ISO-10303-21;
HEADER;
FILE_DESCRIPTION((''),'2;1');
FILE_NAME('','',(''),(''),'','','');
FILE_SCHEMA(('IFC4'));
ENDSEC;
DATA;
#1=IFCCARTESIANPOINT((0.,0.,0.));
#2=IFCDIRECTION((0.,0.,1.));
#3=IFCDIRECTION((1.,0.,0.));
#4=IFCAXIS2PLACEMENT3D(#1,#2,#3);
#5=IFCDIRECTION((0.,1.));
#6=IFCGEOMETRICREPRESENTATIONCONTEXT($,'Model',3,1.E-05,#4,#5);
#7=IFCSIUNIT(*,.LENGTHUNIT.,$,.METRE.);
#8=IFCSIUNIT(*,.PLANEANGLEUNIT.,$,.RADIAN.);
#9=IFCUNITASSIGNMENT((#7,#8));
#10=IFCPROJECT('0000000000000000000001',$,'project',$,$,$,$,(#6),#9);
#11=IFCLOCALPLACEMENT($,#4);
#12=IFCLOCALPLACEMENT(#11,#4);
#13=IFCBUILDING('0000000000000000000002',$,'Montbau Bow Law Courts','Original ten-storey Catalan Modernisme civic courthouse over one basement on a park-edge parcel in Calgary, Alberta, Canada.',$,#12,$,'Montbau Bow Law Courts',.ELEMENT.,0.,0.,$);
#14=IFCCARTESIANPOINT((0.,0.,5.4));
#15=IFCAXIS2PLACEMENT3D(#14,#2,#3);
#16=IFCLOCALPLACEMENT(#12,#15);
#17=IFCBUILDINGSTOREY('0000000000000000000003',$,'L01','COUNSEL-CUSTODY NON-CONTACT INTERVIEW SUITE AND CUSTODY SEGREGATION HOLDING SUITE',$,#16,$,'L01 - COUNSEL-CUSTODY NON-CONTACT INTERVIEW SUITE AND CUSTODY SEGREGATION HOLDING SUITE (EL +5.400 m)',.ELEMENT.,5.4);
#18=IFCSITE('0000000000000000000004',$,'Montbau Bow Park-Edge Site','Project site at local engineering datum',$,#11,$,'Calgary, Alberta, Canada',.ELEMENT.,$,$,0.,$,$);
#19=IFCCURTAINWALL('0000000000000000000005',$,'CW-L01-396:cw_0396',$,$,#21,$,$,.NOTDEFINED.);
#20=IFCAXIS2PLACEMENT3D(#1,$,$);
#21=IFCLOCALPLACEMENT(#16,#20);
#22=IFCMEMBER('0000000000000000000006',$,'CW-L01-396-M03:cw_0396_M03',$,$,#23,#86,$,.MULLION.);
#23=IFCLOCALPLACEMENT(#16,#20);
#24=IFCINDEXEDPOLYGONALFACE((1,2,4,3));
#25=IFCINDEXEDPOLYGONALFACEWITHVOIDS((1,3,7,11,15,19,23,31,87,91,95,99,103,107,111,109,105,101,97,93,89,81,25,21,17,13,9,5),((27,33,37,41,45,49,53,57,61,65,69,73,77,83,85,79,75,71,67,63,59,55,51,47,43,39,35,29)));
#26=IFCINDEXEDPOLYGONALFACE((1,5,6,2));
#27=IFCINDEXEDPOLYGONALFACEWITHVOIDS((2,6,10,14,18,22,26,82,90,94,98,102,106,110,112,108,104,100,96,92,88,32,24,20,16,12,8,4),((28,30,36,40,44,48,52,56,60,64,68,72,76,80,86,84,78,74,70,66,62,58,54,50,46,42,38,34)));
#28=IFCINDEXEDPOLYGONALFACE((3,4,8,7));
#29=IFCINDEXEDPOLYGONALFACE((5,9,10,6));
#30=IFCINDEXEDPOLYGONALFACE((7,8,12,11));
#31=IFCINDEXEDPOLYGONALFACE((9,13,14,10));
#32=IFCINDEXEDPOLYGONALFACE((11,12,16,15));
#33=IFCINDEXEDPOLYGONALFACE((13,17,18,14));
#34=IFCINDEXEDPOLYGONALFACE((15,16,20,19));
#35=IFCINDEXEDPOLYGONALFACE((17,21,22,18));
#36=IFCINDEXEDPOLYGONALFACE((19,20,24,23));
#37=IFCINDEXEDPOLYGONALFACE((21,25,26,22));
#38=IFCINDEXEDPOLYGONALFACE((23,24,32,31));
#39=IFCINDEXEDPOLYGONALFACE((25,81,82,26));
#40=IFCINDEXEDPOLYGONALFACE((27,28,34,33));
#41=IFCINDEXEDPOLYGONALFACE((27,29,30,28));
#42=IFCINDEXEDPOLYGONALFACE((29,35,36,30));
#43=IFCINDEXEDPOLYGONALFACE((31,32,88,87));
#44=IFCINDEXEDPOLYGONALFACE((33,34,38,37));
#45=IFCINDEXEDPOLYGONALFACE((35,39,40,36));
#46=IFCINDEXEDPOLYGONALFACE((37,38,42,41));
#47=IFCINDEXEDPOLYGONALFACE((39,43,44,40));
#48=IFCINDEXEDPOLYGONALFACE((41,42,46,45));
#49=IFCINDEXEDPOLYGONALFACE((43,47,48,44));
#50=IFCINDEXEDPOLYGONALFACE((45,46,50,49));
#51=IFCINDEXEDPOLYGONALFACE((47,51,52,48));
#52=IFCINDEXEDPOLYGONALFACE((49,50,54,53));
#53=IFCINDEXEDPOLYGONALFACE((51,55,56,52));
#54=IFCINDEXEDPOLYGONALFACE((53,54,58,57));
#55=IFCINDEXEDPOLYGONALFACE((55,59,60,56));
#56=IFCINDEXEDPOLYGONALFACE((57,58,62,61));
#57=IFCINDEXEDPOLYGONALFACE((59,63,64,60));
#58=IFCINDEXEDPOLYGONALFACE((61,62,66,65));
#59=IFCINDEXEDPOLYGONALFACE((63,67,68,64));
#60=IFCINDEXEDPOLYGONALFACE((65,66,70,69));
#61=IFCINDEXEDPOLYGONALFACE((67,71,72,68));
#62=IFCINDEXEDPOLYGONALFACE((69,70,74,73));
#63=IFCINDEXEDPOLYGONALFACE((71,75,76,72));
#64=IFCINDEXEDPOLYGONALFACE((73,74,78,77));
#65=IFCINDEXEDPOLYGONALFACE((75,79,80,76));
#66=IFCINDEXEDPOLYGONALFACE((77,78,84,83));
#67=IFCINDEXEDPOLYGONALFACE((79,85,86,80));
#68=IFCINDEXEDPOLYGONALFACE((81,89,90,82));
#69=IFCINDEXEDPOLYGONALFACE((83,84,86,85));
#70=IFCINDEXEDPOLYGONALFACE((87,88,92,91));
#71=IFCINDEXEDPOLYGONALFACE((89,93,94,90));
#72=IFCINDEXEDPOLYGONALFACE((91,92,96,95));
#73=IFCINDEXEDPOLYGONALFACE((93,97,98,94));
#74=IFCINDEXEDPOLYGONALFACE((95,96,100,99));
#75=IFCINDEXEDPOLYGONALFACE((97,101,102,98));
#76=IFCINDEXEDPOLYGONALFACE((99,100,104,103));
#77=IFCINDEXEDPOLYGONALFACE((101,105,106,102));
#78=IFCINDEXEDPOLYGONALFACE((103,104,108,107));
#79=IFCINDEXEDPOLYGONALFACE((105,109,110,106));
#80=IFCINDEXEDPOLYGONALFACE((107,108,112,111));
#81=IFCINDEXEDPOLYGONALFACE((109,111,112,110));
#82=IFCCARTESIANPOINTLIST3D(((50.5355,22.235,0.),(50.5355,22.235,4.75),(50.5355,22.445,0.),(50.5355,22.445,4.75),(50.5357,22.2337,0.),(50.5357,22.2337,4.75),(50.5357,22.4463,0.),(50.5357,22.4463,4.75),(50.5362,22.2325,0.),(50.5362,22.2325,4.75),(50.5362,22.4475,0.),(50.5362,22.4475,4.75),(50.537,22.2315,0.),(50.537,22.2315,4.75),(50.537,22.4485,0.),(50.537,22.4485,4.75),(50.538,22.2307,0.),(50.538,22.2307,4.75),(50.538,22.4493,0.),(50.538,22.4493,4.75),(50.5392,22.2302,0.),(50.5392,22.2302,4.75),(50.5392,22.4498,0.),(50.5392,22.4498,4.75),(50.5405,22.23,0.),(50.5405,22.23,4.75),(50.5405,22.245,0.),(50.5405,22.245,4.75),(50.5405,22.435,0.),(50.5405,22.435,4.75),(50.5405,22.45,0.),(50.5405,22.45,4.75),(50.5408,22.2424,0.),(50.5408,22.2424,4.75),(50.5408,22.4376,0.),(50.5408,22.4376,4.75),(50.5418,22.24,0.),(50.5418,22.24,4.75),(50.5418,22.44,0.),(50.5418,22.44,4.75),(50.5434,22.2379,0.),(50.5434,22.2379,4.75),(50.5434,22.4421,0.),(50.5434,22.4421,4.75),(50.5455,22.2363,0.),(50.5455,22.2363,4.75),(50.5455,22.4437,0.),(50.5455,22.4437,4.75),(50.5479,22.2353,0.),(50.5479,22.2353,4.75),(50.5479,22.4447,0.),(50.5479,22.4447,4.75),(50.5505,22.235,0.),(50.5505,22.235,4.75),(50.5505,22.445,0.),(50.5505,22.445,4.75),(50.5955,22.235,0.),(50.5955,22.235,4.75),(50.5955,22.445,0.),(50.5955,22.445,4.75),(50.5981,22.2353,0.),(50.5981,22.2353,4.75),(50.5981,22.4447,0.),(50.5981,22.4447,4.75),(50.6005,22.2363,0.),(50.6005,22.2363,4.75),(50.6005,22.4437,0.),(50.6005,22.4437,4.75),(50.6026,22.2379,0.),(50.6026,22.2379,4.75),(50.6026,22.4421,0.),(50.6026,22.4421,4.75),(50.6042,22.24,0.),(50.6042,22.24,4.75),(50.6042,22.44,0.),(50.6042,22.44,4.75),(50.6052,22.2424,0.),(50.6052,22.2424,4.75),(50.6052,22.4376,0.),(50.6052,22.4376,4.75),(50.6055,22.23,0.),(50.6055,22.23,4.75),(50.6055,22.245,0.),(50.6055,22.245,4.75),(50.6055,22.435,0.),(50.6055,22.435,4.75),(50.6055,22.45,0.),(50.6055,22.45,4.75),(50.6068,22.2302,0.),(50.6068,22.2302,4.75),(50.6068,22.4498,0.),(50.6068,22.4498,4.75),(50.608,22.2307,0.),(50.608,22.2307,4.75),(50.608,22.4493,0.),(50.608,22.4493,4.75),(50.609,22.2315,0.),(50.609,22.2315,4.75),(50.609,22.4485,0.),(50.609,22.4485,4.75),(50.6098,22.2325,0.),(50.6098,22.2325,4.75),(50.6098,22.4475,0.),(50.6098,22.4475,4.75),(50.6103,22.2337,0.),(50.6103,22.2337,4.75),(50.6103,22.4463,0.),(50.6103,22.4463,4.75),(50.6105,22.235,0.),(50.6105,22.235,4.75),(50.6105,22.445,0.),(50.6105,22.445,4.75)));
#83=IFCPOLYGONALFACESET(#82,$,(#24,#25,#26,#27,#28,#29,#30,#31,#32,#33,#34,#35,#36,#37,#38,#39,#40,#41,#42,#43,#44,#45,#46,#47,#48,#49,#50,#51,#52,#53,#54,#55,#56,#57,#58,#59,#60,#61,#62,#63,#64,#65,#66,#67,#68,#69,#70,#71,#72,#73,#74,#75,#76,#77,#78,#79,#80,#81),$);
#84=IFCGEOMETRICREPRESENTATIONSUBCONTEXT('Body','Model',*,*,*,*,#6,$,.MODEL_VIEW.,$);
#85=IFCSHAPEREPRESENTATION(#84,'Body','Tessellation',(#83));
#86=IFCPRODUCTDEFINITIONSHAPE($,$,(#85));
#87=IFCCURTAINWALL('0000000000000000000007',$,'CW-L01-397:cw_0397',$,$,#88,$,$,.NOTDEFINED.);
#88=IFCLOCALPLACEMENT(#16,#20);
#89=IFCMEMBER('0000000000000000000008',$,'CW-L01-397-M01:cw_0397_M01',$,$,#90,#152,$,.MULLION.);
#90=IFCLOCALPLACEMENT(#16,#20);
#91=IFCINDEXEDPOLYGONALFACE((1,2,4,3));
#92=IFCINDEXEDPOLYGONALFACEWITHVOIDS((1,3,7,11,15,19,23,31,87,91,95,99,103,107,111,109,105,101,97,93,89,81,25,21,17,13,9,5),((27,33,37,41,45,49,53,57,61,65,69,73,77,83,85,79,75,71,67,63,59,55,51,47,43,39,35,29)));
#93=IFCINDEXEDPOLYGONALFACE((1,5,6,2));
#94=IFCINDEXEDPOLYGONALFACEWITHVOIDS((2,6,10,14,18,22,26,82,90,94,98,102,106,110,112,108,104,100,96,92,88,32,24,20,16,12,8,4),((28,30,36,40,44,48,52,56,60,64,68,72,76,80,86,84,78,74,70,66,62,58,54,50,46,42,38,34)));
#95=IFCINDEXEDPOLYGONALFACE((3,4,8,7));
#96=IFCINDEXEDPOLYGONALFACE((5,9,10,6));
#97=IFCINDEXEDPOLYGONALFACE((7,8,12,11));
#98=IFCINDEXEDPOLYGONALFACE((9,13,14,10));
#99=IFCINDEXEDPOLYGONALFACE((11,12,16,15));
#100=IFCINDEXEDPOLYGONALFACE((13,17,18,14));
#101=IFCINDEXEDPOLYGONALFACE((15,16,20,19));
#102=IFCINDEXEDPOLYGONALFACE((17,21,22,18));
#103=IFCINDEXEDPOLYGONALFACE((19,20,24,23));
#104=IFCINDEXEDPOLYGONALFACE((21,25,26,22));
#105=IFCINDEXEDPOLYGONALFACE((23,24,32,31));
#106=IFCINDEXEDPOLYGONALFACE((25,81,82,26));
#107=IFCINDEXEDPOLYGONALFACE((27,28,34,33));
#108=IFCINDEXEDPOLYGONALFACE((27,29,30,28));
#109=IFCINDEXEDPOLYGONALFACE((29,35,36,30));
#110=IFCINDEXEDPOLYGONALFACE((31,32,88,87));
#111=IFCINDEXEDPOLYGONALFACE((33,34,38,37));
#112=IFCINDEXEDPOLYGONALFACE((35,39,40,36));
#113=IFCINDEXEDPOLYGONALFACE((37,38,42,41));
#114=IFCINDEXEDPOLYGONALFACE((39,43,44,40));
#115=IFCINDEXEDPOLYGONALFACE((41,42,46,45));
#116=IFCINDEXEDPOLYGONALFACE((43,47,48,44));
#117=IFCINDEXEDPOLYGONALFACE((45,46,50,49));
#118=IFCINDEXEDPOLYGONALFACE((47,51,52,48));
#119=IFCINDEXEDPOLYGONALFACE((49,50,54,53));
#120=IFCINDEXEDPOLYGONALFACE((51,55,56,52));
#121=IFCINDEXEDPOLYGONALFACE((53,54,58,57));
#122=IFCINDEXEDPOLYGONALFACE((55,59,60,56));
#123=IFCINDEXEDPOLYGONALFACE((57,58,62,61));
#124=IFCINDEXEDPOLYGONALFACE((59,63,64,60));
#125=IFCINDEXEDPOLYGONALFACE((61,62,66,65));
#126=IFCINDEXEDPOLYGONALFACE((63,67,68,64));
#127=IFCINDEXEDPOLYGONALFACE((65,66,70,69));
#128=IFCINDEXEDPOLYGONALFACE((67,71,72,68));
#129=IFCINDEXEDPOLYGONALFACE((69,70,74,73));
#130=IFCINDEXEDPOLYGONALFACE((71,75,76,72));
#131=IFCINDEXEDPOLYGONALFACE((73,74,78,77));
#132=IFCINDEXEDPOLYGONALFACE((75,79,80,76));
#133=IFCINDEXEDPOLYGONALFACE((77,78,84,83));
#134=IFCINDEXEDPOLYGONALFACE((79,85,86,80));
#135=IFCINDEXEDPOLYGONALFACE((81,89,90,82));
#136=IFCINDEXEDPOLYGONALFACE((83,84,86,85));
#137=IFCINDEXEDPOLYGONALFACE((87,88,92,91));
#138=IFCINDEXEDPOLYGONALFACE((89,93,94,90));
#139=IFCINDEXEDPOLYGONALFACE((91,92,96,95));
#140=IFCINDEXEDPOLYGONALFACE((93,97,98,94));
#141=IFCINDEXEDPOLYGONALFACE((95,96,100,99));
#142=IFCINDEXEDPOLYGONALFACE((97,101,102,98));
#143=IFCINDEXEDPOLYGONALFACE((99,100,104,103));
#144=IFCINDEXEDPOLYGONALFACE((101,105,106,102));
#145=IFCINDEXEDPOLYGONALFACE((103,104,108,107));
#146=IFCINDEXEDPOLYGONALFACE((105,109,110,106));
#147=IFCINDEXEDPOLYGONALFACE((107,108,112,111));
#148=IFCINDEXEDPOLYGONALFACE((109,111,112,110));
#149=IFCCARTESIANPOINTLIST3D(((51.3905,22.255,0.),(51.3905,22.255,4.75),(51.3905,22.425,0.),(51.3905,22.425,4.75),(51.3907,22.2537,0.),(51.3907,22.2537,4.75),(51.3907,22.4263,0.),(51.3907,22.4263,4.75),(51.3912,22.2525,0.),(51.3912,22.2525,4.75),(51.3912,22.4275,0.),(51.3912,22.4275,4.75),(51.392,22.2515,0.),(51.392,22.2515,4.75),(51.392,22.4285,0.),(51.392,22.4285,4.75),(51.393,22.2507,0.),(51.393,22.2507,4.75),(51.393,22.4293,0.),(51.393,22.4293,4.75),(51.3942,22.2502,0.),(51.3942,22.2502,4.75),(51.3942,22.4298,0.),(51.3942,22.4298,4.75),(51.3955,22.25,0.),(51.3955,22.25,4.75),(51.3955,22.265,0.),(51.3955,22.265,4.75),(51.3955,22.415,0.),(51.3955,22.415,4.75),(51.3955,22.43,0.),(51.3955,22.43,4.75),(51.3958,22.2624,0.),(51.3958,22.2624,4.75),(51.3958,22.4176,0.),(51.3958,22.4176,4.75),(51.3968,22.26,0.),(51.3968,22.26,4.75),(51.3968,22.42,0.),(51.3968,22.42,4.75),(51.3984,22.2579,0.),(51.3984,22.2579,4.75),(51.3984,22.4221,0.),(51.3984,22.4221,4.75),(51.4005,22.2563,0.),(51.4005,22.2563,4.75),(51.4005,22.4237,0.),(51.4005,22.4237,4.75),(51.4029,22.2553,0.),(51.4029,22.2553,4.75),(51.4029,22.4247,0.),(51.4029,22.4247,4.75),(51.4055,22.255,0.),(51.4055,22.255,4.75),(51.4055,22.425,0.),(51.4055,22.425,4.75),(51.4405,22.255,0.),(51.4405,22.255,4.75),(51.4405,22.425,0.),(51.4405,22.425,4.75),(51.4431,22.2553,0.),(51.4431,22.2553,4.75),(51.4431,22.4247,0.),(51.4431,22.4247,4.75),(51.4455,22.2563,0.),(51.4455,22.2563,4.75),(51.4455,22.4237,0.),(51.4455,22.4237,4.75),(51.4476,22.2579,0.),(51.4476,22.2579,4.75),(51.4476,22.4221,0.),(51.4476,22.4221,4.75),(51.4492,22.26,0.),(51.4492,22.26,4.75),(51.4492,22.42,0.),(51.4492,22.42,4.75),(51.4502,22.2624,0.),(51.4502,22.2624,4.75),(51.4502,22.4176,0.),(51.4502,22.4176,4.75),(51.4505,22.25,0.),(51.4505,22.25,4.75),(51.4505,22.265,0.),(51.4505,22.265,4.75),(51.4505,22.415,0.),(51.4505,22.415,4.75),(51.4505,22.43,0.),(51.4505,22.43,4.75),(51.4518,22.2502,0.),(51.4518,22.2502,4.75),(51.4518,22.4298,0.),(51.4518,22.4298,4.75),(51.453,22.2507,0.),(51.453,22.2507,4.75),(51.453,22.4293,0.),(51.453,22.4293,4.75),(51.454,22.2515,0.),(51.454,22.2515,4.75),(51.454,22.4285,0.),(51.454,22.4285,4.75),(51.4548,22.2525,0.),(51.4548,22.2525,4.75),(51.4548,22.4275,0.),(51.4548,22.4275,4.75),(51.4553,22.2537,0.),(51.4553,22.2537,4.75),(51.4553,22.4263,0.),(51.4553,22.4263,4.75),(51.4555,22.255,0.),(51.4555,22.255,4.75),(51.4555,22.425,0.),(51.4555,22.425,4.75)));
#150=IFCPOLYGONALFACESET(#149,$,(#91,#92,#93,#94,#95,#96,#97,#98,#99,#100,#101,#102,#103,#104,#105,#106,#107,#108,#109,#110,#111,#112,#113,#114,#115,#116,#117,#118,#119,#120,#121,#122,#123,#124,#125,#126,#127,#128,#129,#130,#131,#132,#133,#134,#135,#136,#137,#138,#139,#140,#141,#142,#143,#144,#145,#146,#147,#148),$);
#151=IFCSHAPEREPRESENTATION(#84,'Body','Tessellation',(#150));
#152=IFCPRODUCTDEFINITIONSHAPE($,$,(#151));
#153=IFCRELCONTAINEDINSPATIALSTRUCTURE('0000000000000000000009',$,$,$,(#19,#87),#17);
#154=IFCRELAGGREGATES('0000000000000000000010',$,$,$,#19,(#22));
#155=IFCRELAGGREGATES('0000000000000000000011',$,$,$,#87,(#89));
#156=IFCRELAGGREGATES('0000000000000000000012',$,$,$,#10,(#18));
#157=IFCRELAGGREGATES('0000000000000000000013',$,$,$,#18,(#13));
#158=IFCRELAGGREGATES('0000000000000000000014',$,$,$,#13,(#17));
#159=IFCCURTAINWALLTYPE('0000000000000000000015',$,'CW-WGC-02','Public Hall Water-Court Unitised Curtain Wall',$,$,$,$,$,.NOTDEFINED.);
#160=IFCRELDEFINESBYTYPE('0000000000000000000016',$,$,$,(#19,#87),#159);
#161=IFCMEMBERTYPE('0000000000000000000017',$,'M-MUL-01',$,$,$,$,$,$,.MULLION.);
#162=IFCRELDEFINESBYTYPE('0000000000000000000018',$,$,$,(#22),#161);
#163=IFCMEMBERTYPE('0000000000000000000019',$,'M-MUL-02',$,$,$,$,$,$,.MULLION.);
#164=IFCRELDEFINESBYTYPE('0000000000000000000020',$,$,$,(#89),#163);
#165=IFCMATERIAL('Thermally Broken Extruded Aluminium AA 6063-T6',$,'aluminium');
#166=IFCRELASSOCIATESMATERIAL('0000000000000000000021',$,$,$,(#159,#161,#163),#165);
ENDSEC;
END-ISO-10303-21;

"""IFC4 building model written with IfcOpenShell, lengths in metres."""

from ifc_helpers import new_model, si_unit, direction, frame, origin_with_axes, origin_2d_with_axis, place, context, subcontext, project, spatial, hollow_rectangle, extrude, material, material_profile, profile_set, type_object, element, aggregate, save


model = new_model("IFC4")

# Units and contexts
model_context = context("Model", 3, precision=1e-05, world=origin_with_axes(), true_north=direction((0.0, 1.0)))
body_context = subcontext(model_context, "Body", "Model", "MODEL_VIEW")
ifc_project = project(units=[si_unit("LENGTHUNIT", "METRE"), si_unit("PLANEANGLEUNIT", "RADIAN")], contexts=[model_context])

# Site, building, storey
site_placement = place(None, origin_with_axes())
site = spatial("IfcSite", under=ifc_project, at=site_placement, Name="Montbau Bow Park-Edge Site", Description="Project site at local engineering datum", LongName="Calgary, Alberta, Canada", CompositionType="ELEMENT", RefElevation=0.0)
building_placement = place(site_placement, origin_with_axes())
building = spatial("IfcBuilding", under=site, at=building_placement, Name="Montbau Bow Law Courts", Description="Original ten-storey Catalan Modernisme civic courthouse over one basement on a park-edge parcel in Calgary, Alberta, Canada.", LongName="Montbau Bow Law Courts", CompositionType="ELEMENT", ElevationOfRefHeight=0.0, ElevationOfTerrain=0.0)
storey_placement = place(building_placement, frame((0.0, 0.0, 5.4), z_axis=(0.0, 0.0, 1.0), x_axis=(1.0, 0.0, 0.0)))
storey = spatial("IfcBuildingStorey", under=building, at=storey_placement, Name="L01", Description="COUNSEL-CUSTODY NON-CONTACT INTERVIEW SUITE AND CUSTODY SEGREGATION HOLDING SUITE", LongName="L01 - COUNSEL-CUSTODY NON-CONTACT INTERVIEW SUITE AND CUSTODY SEGREGATION HOLDING SUITE (EL +5.400 m)", CompositionType="ELEMENT", Elevation=5.4)

# Curtain wall, member
ifc_material_1 = material(Name="Thermally Broken Extruded Aluminium AA 6063-T6", Category="aluminium")
curtain_wall_type_1 = type_object("IfcCurtainWallType", Name="CW-WGC-02", Description="Public Hall Water-Court Unitised Curtain Wall", PredefinedType="NOTDEFINED", material=ifc_material_1)
curtain_wall_1_placement = place(None, frame((47.315, 22.34, 5.4), z_axis=(0.0, 0.0, 1.0), x_axis=(1.0, 0.0, 0.0)))
curtain_wall_1 = element("IfcCurtainWall", 1, at=curtain_wall_1_placement, inside=storey, type_object=curtain_wall_type_1, Name="CW-L01-396:cw_0396", PredefinedType="NOTDEFINED")
ifc_material_profile_1 = material_profile(ifc_material_1, hollow_rectangle(XDim=0.075, YDim=0.22, WallThickness=0.005, InnerFilletRadius=0.01, OuterFilletRadius=0.005, at=origin_2d_with_axis()), Name="CWM-220X75", Category="Main", Priority=0)
ifc_profile_set_1 = profile_set([ifc_material_profile_1], Name="Thermally Broken Extruded Aluminium AA 6063-T6")
member_type_1 = type_object("IfcMemberType", Name="M-MUL-01", PredefinedType="MULLION", material=ifc_profile_set_1)
member_1_placement = place(None, frame((50.573, 22.34, 5.4), z_axis=(0.0, 0.0, 1.0), x_axis=(1.0, 0.0, 0.0)))
member_1 = element("IfcMember", 2, at=member_1_placement, type_object=member_type_1, Name="CW-L01-396-M03:cw_0396_M03", PredefinedType="MULLION", context=body_context, shape_type="SweptSolid", body=[
    extrude(hollow_rectangle(XDim=0.075, YDim=0.22, WallThickness=0.005, InnerFilletRadius=0.01, OuterFilletRadius=0.005, at=origin_2d_with_axis()), origin_with_axes(), (0.0, 0.0, 1.0), 4.75),
])

# Curtain wall, member
curtain_wall_2_placement = place(None, frame((51.39, 22.34, 5.4), z_axis=(0.0, 0.0, 1.0), x_axis=(1.0, 0.0, 0.0)))
curtain_wall_2 = element("IfcCurtainWall", 3, at=curtain_wall_2_placement, inside=storey, type_object=curtain_wall_type_1, Name="CW-L01-397:cw_0397", PredefinedType="NOTDEFINED")
ifc_material_profile_2 = material_profile(ifc_material_1, hollow_rectangle(XDim=0.065, YDim=0.18, WallThickness=0.005, InnerFilletRadius=0.01, OuterFilletRadius=0.005, at=origin_2d_with_axis()), Name="CWM-180X65", Category="Main", Priority=0)
ifc_profile_set_2 = profile_set([ifc_material_profile_2], Name="Thermally Broken Extruded Aluminium AA 6063-T6")
member_type_2 = type_object("IfcMemberType", Name="M-MUL-02", PredefinedType="MULLION", material=ifc_profile_set_2)
member_2_placement = place(None, frame((51.423, 22.34, 5.4), z_axis=(0.0, 0.0, 1.0), x_axis=(1.0, 0.0, 0.0)))
member_2 = element("IfcMember", 4, at=member_2_placement, type_object=member_type_2, Name="CW-L01-397-M01:cw_0397_M01", PredefinedType="MULLION", context=body_context, shape_type="SweptSolid", body=[
    extrude(hollow_rectangle(XDim=0.065, YDim=0.18, WallThickness=0.005, InnerFilletRadius=0.01, OuterFilletRadius=0.005, at=origin_2d_with_axis()), origin_with_axes(), (0.0, 0.0, 1.0), 4.75),
])

aggregate(curtain_wall_1, [member_1])
aggregate(curtain_wall_2, [member_2])

save(model, "model.ifc")
